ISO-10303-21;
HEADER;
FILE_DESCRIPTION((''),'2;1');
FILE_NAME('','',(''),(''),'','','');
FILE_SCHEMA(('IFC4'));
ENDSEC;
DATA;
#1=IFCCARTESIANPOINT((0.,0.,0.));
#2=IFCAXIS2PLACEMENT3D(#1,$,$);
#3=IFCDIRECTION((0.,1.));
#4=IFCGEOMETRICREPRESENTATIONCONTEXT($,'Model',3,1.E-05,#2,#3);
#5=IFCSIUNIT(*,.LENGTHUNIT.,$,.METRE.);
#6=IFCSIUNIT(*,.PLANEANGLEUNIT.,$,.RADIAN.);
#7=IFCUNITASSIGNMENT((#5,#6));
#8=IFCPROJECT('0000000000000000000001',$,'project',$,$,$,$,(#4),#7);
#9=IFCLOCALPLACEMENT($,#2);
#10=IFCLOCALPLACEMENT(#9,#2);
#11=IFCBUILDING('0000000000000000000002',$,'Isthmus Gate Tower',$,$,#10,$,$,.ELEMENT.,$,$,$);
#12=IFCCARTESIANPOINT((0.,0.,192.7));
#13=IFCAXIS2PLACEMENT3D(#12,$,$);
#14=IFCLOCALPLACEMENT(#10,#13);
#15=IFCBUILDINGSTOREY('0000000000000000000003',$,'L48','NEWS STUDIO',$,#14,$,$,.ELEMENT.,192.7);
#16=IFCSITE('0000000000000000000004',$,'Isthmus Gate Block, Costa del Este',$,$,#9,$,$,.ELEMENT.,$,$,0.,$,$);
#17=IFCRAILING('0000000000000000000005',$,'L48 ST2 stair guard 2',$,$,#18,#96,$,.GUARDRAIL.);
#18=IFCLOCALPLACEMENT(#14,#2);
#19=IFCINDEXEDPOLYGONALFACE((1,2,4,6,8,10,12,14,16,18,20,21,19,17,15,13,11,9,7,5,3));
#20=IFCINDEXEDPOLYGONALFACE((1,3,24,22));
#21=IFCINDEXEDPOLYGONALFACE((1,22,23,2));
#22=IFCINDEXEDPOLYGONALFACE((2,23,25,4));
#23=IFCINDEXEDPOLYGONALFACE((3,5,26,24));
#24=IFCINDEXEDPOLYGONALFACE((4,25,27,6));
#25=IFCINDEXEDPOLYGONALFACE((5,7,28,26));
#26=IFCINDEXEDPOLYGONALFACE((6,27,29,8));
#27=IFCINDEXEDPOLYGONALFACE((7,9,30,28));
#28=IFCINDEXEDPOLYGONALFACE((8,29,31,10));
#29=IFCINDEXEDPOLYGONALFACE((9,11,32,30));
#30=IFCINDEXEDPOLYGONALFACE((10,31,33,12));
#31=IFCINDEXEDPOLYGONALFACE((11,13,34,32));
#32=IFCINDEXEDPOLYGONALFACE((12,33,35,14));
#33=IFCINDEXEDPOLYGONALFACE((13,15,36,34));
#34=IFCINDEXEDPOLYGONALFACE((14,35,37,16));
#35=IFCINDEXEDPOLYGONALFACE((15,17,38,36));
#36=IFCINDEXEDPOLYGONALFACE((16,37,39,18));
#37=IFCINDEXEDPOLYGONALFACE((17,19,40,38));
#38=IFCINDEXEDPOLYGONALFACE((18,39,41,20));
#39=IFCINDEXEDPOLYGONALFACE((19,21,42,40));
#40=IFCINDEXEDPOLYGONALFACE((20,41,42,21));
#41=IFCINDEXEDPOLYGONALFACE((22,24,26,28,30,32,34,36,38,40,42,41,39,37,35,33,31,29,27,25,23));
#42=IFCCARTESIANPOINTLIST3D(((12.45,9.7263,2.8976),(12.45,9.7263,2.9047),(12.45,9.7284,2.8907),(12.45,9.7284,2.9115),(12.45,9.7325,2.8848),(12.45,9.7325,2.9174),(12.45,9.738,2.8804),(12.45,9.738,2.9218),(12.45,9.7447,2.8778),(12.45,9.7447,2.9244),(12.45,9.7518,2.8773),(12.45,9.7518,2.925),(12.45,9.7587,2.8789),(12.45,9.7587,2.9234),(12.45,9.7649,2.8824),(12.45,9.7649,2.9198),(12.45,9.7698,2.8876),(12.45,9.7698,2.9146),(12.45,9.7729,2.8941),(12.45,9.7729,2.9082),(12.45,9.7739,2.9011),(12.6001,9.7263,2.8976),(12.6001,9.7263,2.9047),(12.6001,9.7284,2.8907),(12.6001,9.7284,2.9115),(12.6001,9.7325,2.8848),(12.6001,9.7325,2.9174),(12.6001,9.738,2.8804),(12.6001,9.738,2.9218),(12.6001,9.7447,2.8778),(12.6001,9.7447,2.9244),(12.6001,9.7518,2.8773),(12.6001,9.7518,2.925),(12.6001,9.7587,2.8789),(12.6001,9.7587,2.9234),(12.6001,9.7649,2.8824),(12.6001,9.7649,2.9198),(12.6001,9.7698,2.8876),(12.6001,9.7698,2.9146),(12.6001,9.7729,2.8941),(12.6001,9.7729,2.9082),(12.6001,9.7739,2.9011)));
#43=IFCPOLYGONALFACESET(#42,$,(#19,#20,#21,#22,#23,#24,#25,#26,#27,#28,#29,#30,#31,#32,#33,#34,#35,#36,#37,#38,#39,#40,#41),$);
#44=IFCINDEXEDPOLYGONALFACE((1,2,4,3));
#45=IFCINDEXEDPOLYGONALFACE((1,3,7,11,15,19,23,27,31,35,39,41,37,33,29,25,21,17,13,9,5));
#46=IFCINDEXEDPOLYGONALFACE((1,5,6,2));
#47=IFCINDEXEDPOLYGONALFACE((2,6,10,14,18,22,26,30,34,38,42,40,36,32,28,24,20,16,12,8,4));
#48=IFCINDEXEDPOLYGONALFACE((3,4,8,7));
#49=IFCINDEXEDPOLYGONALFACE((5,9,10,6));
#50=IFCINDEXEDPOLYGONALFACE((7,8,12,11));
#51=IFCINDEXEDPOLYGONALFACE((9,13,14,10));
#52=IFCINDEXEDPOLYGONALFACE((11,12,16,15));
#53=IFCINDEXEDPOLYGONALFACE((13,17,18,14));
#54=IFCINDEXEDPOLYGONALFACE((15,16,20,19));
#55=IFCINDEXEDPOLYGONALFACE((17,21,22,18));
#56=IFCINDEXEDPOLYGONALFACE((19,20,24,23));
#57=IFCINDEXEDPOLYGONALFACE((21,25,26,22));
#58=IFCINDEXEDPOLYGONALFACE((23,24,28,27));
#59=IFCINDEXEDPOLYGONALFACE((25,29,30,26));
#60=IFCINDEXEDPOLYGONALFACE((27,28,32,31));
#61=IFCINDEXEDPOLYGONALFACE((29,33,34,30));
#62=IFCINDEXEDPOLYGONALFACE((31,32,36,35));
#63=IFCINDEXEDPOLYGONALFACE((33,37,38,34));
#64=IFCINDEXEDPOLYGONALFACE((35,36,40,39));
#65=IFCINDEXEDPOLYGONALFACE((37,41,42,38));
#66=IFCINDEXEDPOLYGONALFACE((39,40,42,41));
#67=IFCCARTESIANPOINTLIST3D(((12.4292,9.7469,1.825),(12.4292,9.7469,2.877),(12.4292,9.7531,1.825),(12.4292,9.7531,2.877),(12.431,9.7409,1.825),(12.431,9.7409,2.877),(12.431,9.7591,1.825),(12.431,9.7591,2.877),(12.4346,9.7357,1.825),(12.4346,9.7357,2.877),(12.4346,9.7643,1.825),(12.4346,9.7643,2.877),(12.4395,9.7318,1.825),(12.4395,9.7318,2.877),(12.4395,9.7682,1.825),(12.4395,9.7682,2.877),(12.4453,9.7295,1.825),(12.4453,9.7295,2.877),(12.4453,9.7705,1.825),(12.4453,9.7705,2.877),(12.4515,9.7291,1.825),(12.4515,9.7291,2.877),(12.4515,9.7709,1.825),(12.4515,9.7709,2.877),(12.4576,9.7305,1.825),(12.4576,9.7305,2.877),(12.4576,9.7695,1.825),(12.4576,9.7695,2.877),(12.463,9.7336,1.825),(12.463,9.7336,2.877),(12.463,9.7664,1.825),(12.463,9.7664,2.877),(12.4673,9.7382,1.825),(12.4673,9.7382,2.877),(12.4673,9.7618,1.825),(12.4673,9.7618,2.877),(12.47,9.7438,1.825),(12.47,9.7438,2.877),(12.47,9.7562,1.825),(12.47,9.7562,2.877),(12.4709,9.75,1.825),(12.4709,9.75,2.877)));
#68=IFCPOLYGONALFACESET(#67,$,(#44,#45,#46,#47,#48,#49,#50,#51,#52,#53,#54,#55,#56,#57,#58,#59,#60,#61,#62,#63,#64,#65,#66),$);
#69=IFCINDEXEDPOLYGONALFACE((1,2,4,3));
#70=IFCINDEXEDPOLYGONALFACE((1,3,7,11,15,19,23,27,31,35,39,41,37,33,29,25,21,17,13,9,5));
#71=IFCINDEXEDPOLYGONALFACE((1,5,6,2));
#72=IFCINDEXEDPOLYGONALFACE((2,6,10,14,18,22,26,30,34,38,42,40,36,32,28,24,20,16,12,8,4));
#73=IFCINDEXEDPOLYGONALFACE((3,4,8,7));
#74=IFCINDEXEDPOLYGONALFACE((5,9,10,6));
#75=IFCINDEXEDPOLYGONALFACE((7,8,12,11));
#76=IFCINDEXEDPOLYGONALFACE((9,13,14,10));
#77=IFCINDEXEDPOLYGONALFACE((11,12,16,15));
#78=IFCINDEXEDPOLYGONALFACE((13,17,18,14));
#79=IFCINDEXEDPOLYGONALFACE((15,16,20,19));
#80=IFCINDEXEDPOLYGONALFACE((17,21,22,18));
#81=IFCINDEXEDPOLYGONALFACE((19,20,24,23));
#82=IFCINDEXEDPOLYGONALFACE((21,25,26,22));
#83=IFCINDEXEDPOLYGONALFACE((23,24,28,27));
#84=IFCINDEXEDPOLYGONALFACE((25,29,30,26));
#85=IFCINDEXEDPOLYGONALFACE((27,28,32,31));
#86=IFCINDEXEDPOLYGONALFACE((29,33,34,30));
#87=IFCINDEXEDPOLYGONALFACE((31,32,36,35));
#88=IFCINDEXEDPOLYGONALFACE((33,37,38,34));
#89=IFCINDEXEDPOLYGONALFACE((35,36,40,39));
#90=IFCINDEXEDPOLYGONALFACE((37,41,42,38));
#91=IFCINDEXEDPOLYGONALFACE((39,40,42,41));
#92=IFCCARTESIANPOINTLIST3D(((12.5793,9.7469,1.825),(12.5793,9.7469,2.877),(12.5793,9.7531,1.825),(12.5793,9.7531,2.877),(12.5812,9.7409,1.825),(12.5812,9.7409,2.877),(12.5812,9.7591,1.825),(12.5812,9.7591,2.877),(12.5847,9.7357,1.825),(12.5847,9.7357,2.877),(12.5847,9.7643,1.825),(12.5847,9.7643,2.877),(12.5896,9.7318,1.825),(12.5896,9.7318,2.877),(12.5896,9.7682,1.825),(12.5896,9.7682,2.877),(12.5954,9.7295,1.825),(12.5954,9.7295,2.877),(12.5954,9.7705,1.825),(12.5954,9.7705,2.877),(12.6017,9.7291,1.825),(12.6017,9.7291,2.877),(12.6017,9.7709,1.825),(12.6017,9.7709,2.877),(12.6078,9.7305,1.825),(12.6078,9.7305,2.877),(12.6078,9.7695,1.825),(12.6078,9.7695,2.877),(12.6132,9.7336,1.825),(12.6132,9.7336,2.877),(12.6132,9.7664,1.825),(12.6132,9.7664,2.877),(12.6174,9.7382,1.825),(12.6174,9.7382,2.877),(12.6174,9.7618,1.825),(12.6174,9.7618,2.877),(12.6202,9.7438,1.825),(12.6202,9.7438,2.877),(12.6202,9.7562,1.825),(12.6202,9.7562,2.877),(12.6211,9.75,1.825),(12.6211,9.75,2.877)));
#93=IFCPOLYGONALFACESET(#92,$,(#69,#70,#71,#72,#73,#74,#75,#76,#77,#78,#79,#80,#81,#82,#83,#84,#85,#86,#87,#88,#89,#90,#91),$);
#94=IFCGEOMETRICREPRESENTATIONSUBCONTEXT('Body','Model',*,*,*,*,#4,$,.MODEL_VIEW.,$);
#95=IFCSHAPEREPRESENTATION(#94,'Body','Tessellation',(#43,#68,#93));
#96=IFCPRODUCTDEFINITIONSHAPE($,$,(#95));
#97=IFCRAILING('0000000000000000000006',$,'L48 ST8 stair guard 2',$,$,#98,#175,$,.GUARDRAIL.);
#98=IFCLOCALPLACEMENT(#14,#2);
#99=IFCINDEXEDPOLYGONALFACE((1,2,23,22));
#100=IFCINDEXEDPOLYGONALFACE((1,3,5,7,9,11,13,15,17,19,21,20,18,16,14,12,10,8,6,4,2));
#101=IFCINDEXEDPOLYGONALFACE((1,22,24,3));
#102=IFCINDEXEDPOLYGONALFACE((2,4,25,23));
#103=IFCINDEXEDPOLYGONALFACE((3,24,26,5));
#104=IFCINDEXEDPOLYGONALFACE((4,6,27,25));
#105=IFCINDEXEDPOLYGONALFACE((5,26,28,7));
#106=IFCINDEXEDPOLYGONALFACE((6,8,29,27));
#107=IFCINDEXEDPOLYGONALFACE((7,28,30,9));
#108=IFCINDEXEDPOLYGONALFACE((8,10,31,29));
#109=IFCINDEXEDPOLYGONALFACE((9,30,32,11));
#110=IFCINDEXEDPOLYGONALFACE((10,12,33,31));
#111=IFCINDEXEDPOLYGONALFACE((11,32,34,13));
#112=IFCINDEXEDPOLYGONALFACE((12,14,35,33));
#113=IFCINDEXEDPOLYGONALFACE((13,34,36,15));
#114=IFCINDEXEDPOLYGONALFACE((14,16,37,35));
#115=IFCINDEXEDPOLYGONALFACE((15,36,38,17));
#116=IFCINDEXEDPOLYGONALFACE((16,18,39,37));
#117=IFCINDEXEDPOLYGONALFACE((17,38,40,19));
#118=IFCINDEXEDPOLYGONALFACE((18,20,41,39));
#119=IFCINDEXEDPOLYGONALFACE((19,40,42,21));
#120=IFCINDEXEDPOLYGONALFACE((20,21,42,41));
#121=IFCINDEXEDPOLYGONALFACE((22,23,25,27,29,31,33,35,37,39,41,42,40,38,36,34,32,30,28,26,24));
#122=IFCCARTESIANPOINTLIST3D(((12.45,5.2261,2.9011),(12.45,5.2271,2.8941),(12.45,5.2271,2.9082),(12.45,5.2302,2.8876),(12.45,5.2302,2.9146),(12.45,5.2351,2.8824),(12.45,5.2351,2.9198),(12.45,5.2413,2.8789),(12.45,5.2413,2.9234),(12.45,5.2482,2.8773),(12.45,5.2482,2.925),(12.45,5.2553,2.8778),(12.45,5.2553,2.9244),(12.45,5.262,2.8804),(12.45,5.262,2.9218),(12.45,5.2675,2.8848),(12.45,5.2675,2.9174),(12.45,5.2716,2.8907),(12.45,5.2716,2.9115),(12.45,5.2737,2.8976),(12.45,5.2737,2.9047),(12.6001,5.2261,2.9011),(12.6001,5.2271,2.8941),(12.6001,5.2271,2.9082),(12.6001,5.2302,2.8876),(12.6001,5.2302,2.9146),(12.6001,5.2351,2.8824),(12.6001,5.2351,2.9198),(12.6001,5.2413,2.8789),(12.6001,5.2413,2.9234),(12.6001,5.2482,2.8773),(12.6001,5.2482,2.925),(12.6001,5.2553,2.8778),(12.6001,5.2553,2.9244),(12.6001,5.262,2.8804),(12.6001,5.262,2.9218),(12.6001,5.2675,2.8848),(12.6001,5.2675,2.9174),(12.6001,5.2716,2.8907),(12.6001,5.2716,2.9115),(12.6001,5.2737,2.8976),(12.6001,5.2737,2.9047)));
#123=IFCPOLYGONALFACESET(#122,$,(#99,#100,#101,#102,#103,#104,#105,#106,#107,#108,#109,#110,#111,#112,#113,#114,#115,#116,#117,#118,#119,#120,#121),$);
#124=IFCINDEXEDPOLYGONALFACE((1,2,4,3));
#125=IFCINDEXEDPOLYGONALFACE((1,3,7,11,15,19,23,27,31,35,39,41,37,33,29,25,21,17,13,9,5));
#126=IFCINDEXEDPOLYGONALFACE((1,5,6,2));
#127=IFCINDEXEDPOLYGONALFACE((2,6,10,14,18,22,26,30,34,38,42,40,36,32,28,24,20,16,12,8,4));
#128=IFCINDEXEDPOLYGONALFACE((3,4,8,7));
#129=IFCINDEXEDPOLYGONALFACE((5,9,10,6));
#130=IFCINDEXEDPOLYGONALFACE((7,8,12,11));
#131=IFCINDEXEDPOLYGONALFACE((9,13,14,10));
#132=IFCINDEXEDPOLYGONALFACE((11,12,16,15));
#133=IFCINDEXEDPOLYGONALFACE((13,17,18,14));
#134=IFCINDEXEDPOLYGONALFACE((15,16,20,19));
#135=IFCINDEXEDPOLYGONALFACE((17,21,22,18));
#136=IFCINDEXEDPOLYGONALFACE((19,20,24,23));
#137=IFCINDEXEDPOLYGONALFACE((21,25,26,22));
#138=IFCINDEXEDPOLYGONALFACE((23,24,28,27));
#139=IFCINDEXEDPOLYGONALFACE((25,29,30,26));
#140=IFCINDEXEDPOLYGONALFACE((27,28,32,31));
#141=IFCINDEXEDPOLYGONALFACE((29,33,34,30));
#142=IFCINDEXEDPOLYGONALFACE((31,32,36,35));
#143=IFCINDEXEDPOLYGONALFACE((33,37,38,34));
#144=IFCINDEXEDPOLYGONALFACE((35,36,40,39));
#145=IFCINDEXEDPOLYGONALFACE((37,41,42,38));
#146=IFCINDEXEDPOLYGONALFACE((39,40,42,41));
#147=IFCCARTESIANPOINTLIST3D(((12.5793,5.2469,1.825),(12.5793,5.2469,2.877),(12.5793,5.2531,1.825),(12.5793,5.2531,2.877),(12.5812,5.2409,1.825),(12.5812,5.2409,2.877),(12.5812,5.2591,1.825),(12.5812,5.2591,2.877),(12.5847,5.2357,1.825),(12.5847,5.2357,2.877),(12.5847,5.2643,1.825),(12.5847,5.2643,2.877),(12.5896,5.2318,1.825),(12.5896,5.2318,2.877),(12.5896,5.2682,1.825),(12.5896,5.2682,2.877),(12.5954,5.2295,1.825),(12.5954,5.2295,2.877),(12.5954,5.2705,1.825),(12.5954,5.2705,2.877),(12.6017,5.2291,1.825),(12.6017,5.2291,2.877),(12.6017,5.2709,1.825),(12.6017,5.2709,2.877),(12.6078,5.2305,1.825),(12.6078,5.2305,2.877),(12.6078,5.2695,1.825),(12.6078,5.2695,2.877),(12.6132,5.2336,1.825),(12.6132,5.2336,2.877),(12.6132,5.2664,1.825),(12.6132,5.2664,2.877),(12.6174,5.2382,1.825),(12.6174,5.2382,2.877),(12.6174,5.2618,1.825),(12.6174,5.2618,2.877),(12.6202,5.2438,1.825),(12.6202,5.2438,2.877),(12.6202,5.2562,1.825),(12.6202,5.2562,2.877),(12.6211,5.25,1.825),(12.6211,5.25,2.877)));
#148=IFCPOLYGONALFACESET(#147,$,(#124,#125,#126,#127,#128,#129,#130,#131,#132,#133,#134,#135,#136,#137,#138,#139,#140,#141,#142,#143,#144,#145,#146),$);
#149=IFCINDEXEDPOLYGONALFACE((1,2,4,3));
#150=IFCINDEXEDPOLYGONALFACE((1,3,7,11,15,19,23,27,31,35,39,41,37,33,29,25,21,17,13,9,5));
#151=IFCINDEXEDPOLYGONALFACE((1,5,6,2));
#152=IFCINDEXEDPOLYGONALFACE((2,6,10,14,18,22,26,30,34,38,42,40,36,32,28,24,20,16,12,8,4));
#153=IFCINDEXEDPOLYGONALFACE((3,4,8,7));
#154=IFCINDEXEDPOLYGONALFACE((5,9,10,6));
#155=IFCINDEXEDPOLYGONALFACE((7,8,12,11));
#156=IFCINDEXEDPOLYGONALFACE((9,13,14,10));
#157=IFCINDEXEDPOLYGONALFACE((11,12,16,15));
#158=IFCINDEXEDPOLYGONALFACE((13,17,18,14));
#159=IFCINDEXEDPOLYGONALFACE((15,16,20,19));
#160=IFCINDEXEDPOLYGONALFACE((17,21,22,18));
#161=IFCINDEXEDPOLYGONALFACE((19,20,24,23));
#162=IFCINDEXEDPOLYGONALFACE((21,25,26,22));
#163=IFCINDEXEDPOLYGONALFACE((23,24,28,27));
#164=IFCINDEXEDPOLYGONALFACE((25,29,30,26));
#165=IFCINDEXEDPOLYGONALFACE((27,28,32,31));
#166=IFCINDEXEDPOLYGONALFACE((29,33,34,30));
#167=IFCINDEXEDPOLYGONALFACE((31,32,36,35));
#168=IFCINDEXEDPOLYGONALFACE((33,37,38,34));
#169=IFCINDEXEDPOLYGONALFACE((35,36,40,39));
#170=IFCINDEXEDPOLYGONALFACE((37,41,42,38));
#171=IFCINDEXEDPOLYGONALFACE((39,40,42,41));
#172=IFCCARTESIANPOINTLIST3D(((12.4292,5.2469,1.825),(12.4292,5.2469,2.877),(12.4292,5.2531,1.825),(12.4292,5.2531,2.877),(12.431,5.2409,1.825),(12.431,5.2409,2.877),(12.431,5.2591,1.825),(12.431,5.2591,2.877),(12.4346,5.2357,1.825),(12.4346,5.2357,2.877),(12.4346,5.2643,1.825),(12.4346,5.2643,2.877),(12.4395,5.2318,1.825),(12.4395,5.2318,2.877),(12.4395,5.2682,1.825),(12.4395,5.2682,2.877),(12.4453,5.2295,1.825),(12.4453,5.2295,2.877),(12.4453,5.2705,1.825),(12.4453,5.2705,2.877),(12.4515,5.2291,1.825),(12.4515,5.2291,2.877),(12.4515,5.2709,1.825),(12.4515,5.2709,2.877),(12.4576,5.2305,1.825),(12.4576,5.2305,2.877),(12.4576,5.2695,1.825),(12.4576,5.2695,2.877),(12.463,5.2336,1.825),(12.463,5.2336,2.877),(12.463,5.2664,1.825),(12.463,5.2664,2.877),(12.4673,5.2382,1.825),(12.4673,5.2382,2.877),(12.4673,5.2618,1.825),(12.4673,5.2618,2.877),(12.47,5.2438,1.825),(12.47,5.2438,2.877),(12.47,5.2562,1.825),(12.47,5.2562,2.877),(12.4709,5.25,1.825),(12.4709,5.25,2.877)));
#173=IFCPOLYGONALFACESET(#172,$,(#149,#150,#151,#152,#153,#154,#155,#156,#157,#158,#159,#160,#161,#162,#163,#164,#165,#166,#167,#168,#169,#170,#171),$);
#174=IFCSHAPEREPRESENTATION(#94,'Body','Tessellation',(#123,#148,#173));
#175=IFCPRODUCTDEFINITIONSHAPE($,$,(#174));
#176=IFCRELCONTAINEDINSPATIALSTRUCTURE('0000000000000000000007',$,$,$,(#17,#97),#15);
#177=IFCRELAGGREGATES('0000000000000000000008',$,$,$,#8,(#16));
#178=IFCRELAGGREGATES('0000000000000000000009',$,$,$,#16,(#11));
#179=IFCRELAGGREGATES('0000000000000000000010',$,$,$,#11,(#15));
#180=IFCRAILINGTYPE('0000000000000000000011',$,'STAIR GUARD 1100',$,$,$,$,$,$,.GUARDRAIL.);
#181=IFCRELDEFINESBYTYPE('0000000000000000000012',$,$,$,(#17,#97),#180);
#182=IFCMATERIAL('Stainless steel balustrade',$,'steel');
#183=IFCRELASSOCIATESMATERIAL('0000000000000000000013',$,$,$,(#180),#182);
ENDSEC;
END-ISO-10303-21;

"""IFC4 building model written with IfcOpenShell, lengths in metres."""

from ifc_helpers import new_model, si_unit, direction, frame, origin, origin_2d, place, context, subcontext, project, spatial, circle, extrude, material, type_object, element, save


model = new_model("IFC4")

# Units and contexts
model_context = context("Model", 3, precision=1e-05, world=origin(), true_north=direction((0.0, 1.0)))
body_context = subcontext(model_context, "Body", "Model", "MODEL_VIEW")
ifc_project = project(units=[si_unit("LENGTHUNIT", "METRE"), si_unit("PLANEANGLEUNIT", "RADIAN")], contexts=[model_context])

# Site, building, storey
site_placement = place(None, origin())
site = spatial("IfcSite", under=ifc_project, at=site_placement, Name="Isthmus Gate Block, Costa del Este", CompositionType="ELEMENT", RefElevation=0.0)
building_placement = place(site_placement, origin())
building = spatial("IfcBuilding", under=site, at=building_placement, Name="Isthmus Gate Tower", CompositionType="ELEMENT")
storey_placement = place(building_placement, frame((0.0, 0.0, 192.7)))
storey = spatial("IfcBuildingStorey", under=building, at=storey_placement, Name="L48", Description="NEWS STUDIO", CompositionType="ELEMENT", Elevation=192.7)

# Railings
ifc_material_1 = material(Name="Stainless steel balustrade", Category="steel")
railing_type_1 = type_object("IfcRailingType", Name="STAIR GUARD 1100", PredefinedType="GUARDRAIL", material=ifc_material_1)
railing_1_placement = place(storey_placement, frame((12.45, 9.75, 1.825)))
element("IfcRailing", 1, at=railing_1_placement, inside=storey, type_object=railing_type_1, Name="L48 ST2 stair guard 2", PredefinedType="GUARDRAIL", context=body_context, shape_type="SweptSolid", body=[
    extrude(circle(Radius=0.0239, at=origin_2d()), frame((0.0, 0.0, 1.0762), z_axis=(1.0, 0.0, 0.0), x_axis=(0.0, 1.0, 0.0)), (0.0, 0.0, 1.0), 0.1501),
    extrude(circle(Radius=0.021, at=origin_2d()), origin(), (0.0, 0.0, 1.0), 1.052),
    extrude(circle(Radius=0.021, at=origin_2d()), frame((0.1501, 0.0, 0.0)), (0.0, 0.0, 1.0), 1.052),
])
railing_2_placement = place(storey_placement, frame((12.6001, 5.25, 1.825)))
element("IfcRailing", 2, at=railing_2_placement, inside=storey, type_object=railing_type_1, Name="L48 ST8 stair guard 2", PredefinedType="GUARDRAIL", context=body_context, shape_type="SweptSolid", body=[
    extrude(circle(Radius=0.0239, at=origin_2d()), frame((0.0, 0.0, 1.0762), z_axis=(-1.0, 0.0, 0.0), x_axis=(0.0, -1.0, 0.0)), (0.0, 0.0, 1.0), 0.1501),
    extrude(circle(Radius=0.021, at=origin_2d()), origin(), (0.0, 0.0, 1.0), 1.052),
    extrude(circle(Radius=0.021, at=origin_2d()), frame((-0.1501, 0.0, 0.0)), (0.0, 0.0, 1.0), 1.052),
])

save(model, "model.ifc")
